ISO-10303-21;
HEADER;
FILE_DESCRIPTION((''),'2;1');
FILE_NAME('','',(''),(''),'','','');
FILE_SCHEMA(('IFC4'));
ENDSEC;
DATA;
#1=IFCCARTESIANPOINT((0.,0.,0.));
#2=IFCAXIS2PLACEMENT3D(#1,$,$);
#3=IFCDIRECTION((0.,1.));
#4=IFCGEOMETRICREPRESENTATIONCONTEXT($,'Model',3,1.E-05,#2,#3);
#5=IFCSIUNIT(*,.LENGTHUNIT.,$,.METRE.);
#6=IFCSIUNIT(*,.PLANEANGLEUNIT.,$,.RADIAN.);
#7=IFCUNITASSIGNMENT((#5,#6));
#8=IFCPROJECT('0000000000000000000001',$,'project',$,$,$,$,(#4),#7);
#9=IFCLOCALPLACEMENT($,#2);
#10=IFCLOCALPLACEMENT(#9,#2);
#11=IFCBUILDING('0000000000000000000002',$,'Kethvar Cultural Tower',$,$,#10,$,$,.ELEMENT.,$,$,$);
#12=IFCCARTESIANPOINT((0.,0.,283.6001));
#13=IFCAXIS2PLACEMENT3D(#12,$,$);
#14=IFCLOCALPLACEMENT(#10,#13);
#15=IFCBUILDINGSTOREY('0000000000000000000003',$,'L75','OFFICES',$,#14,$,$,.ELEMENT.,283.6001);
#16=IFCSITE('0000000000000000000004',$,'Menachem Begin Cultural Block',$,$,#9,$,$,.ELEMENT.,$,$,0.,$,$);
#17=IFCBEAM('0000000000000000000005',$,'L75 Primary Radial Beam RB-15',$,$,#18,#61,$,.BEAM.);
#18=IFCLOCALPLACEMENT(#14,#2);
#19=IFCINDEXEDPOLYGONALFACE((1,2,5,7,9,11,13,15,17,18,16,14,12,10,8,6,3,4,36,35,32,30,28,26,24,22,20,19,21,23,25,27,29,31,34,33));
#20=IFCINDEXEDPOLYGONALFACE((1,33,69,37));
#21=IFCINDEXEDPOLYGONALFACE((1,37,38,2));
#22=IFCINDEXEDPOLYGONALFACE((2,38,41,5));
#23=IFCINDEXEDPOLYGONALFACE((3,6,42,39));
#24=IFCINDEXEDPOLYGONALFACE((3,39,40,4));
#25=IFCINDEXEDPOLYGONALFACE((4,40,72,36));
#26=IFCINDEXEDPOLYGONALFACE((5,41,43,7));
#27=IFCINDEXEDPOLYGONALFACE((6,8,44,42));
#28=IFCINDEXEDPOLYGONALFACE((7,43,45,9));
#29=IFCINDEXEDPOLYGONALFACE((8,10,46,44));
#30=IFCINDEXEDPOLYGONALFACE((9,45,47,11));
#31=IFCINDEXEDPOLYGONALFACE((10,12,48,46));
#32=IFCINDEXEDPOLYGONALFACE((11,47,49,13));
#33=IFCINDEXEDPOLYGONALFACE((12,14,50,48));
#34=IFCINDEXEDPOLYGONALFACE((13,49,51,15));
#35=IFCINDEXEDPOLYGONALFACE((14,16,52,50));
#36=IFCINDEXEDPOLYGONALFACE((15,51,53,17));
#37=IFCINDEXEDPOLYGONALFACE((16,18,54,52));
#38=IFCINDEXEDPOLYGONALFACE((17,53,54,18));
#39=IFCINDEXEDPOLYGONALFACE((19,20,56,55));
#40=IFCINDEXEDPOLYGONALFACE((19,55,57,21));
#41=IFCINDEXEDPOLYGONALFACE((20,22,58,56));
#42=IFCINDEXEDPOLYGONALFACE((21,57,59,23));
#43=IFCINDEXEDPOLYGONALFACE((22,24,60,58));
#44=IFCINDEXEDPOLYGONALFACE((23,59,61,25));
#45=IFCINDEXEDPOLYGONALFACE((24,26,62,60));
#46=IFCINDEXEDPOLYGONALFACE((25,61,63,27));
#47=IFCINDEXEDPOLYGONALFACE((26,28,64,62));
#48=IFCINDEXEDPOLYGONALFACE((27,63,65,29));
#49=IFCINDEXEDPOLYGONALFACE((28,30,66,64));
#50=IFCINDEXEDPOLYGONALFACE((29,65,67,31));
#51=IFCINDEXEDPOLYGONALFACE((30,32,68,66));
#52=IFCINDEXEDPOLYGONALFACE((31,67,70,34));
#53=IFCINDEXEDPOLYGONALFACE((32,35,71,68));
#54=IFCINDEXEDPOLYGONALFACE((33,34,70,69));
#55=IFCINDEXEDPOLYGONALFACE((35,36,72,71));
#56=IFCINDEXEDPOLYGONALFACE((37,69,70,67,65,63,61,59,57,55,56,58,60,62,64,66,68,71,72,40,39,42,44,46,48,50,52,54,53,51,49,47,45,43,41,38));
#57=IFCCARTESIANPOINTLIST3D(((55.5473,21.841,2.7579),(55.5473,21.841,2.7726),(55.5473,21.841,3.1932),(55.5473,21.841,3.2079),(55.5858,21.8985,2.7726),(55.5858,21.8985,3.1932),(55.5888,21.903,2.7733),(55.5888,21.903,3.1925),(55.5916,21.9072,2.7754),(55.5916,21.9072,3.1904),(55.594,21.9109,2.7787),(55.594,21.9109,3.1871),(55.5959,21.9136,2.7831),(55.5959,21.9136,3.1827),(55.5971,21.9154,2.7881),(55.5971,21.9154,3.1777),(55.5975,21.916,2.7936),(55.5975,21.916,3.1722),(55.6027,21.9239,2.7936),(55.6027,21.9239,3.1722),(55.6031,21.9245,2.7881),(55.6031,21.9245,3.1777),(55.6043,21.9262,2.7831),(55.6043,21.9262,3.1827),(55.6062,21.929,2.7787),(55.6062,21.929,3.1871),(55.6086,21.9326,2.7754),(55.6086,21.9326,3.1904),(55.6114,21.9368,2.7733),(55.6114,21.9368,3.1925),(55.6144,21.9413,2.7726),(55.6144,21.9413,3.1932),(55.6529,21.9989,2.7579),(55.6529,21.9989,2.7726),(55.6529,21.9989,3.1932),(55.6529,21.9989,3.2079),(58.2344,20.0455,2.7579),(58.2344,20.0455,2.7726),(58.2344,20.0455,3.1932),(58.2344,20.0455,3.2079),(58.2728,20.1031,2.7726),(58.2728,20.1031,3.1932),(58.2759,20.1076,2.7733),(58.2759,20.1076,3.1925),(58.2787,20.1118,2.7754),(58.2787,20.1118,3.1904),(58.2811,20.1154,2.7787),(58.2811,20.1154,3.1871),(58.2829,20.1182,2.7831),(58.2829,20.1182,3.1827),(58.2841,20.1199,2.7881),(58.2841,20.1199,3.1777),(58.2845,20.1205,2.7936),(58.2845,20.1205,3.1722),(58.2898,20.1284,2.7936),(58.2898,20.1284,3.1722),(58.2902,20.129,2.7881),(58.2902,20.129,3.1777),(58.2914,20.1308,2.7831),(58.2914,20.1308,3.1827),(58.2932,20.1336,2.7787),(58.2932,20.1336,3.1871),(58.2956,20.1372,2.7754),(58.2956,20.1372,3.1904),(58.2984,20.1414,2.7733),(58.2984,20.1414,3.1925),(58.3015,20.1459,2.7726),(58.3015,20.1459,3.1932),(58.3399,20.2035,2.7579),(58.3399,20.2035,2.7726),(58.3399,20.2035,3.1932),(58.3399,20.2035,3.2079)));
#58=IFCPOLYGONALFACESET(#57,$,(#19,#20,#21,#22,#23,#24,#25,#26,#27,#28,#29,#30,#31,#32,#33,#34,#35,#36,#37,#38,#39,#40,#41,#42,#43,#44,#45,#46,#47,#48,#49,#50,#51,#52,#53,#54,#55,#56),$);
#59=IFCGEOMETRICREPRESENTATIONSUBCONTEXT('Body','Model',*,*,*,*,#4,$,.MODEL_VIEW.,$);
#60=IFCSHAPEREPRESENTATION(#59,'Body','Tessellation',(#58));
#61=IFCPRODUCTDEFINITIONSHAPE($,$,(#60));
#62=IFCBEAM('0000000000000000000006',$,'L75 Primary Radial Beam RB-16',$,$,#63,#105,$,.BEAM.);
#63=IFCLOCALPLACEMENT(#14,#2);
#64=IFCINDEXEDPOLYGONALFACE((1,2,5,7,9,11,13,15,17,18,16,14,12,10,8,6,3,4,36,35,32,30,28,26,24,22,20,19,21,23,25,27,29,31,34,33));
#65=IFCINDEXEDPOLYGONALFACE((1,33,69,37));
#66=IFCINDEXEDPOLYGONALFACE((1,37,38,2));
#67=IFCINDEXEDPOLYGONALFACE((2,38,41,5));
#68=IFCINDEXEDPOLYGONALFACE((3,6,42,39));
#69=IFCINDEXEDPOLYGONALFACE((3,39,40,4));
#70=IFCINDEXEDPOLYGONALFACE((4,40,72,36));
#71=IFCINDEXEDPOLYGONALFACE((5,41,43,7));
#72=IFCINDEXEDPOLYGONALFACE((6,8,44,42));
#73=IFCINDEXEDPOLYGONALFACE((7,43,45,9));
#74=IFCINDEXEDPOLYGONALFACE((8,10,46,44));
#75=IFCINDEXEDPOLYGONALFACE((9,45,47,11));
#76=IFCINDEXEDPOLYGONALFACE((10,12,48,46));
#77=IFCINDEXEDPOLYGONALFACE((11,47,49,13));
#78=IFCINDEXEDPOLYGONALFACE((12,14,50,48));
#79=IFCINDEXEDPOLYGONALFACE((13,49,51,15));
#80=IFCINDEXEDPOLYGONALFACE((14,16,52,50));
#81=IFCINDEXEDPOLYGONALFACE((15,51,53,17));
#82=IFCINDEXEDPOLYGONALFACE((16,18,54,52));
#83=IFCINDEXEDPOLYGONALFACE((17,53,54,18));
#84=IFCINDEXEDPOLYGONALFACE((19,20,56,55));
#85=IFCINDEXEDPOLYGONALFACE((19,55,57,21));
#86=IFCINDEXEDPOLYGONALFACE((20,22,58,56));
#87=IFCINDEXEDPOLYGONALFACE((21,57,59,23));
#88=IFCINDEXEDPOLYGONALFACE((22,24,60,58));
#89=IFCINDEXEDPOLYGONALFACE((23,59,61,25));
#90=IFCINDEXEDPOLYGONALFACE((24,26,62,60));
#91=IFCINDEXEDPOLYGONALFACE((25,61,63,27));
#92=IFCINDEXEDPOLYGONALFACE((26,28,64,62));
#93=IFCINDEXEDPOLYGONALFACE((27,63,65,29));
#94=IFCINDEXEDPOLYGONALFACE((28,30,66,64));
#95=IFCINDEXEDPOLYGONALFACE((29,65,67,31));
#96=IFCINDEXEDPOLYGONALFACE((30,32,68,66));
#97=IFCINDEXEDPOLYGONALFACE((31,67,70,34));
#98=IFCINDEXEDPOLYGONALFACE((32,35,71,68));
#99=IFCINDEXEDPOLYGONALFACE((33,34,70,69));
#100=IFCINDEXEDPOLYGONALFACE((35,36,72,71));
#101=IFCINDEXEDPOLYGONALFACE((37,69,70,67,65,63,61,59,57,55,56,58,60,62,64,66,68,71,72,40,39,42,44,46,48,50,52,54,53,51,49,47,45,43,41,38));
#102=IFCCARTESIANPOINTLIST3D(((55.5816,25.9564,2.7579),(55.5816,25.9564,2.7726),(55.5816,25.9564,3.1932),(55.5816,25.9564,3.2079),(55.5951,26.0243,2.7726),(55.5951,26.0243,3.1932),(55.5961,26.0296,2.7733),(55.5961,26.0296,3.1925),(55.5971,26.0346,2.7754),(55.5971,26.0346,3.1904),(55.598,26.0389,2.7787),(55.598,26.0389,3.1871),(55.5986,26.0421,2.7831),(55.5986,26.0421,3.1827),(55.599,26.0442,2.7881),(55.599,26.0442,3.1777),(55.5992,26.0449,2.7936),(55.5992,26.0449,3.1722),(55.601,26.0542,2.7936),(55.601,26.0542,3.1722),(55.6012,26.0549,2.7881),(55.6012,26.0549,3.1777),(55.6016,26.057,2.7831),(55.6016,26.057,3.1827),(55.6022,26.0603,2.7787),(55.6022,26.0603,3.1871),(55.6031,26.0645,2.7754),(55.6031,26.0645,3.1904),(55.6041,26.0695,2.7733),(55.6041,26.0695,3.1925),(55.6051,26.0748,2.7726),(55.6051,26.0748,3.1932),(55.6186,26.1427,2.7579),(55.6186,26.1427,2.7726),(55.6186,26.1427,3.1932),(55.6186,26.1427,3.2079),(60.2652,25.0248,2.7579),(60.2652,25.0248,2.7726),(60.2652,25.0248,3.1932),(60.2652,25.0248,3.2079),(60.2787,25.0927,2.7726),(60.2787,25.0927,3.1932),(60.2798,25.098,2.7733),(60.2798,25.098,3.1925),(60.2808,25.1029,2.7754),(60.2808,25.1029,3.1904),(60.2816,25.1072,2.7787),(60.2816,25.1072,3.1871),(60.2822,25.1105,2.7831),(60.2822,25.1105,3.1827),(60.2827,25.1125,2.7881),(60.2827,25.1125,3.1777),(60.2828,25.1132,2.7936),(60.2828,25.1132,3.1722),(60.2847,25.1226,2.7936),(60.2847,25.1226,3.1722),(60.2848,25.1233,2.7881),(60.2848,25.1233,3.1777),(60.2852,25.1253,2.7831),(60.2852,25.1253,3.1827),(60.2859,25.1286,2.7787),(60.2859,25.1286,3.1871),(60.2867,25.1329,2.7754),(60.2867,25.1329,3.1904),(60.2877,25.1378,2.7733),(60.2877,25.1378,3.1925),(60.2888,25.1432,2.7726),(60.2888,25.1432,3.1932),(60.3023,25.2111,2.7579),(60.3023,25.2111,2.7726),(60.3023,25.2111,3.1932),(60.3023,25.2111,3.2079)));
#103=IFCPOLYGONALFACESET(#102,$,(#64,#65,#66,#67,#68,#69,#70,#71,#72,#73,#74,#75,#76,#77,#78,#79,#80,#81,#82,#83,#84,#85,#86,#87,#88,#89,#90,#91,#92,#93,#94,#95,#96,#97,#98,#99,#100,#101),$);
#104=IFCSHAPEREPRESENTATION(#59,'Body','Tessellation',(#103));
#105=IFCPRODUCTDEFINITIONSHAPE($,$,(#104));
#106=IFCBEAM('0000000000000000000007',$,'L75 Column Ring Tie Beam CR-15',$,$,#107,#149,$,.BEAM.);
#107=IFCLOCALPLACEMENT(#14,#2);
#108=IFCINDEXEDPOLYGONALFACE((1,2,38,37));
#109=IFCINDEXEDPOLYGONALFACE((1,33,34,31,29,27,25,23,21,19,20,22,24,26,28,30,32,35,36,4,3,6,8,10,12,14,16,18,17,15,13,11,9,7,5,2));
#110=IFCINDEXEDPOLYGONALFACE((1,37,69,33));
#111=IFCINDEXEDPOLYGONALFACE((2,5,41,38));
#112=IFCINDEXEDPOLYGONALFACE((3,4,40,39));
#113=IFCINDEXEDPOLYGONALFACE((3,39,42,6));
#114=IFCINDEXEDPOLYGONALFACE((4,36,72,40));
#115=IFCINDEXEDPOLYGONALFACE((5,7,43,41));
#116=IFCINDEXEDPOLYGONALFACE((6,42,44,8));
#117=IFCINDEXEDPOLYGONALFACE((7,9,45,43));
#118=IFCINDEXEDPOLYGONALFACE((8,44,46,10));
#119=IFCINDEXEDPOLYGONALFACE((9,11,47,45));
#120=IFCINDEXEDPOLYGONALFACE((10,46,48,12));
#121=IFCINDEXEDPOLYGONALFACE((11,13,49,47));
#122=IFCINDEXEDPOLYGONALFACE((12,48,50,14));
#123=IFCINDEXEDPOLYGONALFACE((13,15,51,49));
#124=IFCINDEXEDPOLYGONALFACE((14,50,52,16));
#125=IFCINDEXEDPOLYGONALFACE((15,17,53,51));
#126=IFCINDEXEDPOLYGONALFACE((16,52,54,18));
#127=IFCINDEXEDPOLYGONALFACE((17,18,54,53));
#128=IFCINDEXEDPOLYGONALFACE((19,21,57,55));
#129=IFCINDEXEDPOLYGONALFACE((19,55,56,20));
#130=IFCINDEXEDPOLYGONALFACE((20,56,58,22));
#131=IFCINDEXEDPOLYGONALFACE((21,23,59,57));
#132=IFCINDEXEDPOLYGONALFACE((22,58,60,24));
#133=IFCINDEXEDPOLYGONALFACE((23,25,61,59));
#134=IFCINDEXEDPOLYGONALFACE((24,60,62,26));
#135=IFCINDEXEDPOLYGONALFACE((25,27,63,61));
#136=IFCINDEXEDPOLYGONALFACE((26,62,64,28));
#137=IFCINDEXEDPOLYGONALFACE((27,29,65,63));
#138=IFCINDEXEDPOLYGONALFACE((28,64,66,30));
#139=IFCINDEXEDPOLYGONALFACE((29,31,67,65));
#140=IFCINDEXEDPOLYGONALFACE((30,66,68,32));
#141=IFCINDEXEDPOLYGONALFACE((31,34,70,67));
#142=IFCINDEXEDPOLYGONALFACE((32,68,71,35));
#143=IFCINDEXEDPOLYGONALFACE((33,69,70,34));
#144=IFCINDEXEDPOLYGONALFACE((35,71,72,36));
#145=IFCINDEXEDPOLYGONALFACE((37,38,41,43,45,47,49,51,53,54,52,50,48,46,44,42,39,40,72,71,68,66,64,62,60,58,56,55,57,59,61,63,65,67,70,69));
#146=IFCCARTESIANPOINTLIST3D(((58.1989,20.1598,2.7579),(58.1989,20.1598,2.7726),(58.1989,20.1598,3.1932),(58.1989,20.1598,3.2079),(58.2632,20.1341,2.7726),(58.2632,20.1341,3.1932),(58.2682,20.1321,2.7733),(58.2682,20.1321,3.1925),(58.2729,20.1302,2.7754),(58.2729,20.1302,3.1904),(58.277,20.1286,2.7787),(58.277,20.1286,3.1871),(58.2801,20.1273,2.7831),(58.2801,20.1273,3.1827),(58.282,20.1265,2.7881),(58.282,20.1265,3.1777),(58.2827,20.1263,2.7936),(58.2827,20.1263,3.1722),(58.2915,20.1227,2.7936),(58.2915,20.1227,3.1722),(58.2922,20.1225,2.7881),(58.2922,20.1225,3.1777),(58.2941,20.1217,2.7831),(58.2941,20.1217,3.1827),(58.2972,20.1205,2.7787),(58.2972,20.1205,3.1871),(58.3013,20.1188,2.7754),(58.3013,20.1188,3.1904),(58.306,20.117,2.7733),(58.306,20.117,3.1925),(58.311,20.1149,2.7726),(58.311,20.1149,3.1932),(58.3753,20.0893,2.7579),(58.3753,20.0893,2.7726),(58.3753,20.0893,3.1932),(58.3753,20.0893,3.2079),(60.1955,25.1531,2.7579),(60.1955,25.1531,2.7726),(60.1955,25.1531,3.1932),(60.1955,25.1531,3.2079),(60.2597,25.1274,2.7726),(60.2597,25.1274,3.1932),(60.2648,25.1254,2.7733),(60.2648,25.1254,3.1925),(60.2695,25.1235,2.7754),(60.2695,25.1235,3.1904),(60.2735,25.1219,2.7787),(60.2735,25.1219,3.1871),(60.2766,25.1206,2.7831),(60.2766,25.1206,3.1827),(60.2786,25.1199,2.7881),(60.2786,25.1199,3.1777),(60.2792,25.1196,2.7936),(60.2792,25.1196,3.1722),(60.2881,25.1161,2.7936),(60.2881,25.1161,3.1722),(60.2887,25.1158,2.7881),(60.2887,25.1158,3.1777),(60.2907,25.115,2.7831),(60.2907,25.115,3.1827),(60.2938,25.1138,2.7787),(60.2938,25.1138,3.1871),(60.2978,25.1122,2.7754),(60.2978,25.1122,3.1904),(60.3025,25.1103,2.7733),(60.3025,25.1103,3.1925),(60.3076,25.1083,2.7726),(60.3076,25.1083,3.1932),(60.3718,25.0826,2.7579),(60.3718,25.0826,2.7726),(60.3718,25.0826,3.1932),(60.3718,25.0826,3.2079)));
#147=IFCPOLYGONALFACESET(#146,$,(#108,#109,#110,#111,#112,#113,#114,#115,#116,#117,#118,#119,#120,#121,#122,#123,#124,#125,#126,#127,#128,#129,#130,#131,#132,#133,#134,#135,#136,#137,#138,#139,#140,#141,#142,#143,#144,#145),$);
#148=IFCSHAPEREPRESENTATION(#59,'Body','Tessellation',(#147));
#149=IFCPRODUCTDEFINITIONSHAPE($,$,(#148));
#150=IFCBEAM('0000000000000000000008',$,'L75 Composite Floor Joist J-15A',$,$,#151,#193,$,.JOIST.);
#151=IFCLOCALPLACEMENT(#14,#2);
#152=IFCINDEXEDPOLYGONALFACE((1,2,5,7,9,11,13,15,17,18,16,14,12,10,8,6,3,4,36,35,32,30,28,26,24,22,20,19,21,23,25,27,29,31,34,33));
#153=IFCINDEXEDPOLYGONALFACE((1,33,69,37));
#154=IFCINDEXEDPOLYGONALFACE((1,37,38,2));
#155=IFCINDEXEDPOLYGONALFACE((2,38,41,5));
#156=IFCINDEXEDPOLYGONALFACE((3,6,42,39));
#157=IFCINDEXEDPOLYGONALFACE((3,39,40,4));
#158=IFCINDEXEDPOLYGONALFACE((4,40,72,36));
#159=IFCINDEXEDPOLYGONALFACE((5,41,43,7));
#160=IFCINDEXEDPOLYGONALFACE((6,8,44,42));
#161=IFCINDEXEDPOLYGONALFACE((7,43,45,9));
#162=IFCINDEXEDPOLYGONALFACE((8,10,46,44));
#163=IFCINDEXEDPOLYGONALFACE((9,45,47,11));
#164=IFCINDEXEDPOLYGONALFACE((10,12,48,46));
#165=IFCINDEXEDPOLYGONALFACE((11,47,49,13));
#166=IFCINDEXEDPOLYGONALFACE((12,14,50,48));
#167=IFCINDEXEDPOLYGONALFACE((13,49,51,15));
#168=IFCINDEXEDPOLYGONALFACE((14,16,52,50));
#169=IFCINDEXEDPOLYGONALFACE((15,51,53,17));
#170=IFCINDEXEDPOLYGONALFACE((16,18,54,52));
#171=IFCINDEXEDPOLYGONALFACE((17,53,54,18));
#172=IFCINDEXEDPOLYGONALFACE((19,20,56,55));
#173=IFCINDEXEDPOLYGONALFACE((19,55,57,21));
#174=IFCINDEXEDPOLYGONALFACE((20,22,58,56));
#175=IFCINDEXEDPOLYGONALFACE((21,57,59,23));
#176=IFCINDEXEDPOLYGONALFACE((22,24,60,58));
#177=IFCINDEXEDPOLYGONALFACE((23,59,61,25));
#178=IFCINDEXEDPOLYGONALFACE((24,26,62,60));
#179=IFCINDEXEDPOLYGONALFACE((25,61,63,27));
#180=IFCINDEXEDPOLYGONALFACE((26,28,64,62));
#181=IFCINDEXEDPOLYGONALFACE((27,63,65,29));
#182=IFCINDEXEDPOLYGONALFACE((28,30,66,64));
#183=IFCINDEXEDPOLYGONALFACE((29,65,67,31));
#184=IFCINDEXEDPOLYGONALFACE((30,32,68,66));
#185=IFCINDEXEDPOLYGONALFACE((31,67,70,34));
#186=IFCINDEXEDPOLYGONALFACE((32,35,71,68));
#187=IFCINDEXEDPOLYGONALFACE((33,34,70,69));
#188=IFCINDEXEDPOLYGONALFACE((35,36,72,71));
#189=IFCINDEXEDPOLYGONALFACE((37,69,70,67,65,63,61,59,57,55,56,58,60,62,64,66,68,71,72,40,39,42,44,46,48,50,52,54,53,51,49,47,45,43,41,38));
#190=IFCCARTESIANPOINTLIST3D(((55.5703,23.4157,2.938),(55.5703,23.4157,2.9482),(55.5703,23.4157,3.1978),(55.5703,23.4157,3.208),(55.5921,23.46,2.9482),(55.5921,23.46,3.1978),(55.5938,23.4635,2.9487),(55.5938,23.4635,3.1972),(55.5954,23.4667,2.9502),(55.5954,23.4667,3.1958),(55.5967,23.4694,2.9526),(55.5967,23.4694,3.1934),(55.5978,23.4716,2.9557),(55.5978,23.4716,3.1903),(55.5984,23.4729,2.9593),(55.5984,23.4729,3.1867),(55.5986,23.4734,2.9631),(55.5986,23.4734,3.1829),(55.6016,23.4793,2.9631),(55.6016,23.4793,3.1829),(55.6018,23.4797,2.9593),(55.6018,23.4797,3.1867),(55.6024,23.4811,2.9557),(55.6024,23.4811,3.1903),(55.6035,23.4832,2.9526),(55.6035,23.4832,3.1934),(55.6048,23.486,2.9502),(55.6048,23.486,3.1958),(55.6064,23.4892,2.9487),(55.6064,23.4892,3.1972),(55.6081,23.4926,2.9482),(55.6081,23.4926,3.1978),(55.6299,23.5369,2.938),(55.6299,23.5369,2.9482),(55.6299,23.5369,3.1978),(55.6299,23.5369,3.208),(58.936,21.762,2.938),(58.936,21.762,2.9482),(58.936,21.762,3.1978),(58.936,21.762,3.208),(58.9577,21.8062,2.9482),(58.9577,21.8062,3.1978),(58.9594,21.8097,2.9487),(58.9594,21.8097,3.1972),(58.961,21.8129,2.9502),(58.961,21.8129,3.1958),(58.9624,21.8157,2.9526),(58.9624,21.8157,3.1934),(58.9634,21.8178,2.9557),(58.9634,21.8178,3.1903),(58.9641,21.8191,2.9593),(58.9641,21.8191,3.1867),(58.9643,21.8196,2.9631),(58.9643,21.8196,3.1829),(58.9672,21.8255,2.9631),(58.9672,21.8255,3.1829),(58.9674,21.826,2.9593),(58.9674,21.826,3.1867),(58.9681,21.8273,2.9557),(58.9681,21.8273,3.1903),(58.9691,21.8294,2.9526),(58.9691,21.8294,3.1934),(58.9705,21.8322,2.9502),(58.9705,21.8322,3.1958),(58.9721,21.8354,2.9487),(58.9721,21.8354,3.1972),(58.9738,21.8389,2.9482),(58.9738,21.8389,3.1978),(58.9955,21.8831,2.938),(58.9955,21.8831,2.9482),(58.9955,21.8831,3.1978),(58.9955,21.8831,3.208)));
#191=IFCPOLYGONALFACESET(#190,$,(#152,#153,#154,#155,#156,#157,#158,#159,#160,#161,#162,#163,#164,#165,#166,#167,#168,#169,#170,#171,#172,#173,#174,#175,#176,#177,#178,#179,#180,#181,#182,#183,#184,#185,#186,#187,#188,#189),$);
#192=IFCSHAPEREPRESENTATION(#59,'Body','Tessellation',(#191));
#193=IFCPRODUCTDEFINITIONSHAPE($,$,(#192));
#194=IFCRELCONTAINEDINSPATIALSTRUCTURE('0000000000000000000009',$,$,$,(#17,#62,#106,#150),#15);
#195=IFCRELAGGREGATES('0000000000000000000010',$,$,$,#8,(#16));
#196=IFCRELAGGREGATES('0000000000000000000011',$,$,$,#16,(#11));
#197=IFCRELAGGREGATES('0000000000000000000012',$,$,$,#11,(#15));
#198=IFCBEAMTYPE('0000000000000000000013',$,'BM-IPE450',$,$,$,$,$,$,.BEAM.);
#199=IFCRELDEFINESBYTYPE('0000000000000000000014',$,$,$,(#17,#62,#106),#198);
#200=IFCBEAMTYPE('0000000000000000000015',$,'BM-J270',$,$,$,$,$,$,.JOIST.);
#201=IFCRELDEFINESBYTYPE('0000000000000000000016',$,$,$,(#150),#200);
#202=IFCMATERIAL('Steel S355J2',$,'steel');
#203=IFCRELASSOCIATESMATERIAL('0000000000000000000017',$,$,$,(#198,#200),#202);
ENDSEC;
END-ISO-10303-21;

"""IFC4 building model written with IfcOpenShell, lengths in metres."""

from ifc_helpers import new_model, si_unit, direction, frame, origin, origin_2d, place, context, subcontext, project, spatial, i_section, extrude, source, transform, mapped, material, material_profile, profile_set, type_object, element, save


model = new_model("IFC4")

# Units and contexts
model_context = context("Model", 3, precision=1e-05, world=origin(), true_north=direction((0.0, 1.0)))
body_context = subcontext(model_context, "Body", "Model", "MODEL_VIEW")
ifc_project = project(units=[si_unit("LENGTHUNIT", "METRE"), si_unit("PLANEANGLEUNIT", "RADIAN")], contexts=[model_context])

# Site, building, storey
site_placement = place(None, origin())
site = spatial("IfcSite", under=ifc_project, at=site_placement, Name="Menachem Begin Cultural Block", CompositionType="ELEMENT", RefElevation=0.0)
building_placement = place(site_placement, origin())
building = spatial("IfcBuilding", under=site, at=building_placement, Name="Kethvar Cultural Tower", CompositionType="ELEMENT")
storey_placement = place(building_placement, frame((0.0, 0.0, 283.6001)))
storey = spatial("IfcBuildingStorey", under=building, at=storey_placement, Name="L75", Description="OFFICES", CompositionType="ELEMENT", Elevation=283.6001)

# Shared definitions
ifc_material_1 = material(Name="Steel S355J2", Category="steel")

# Beams
ifc_material_profile_1 = material_profile(ifc_material_1, i_section(OverallWidth=0.1899, OverallDepth=0.45, WebThickness=0.0095, FlangeThickness=0.0146, FilletRadius=0.021, at=origin_2d()), Name="Steel S355J2 — IPE450")
ifc_profile_set_1 = profile_set([ifc_material_profile_1], Name="Steel S355J2 — IPE450")
beam_type_1 = type_object("IfcBeamType", Name="BM-IPE450", PredefinedType="BEAM", material=ifc_profile_set_1)
shared_shape_1 = source(origin(), body_context, "Body", "SweptSolid", [
    extrude(i_section(OverallWidth=0.1899, OverallDepth=0.45, WebThickness=0.0095, FlangeThickness=0.0146, FilletRadius=0.021, at=origin_2d()), origin(), (0.0, 0.0, 1.0), 3.2317),
])
beam_1_placement = place(storey_placement, frame((55.6001, 21.9199, 2.9829), z_axis=(0.831469, -0.555572, 0.0), x_axis=(0.555572, 0.831469, 0.0)))
element("IfcBeam", 1, at=beam_1_placement, inside=storey, type_object=beam_type_1, Name="L75 Primary Radial Beam RB-15", PredefinedType="BEAM", context=body_context, shape_type="MappedRepresentation", body=[
    mapped(shared_shape_1, transform((0.0, 0.0, 0.0), scale=1.0)),
])
shared_shape_2 = source(origin(), body_context, "Body", "SweptSolid", [
    extrude(i_section(OverallWidth=0.1899, OverallDepth=0.45, WebThickness=0.0095, FlangeThickness=0.0146, FilletRadius=0.021, at=origin_2d()), origin(), (0.0, 0.0, 1.0), 4.7754),
])
beam_2_placement = place(storey_placement, frame((55.6001, 26.0496, 2.9829), z_axis=(0.980785, -0.195094, 0.0), x_axis=(0.195094, 0.980785, 0.0)))
element("IfcBeam", 2, at=beam_2_placement, inside=storey, type_object=beam_type_1, Name="L75 Primary Radial Beam RB-16", PredefinedType="BEAM", context=body_context, shape_type="MappedRepresentation", body=[
    mapped(shared_shape_2, transform((0.0, 0.0, 0.0), scale=1.0)),
])
shared_shape_3 = source(origin(), body_context, "Body", "SweptSolid", [
    extrude(i_section(OverallWidth=0.1899, OverallDepth=0.45, WebThickness=0.0095, FlangeThickness=0.0146, FilletRadius=0.021, at=origin_2d()), origin(), (0.0, 0.0, 1.0), 5.3777),
])
beam_3_placement = place(storey_placement, frame((58.2871, 20.1245, 2.9829), z_axis=(0.371265, 0.928527, 0.0), x_axis=(-0.928527, 0.371265, 0.0)))
element("IfcBeam", 3, at=beam_3_placement, inside=storey, type_object=beam_type_1, Name="L75 Column Ring Tie Beam CR-15", PredefinedType="BEAM", context=body_context, shape_type="MappedRepresentation", body=[
    mapped(shared_shape_3, transform((0.0, 0.0, 0.0), scale=1.0)),
])
ifc_material_profile_2 = material_profile(ifc_material_1, i_section(OverallWidth=0.135, OverallDepth=0.27, WebThickness=0.0066, FlangeThickness=0.0103, FilletRadius=0.0149, at=origin_2d()), Name="Steel S355J2 — IPE270")
ifc_profile_set_2 = profile_set([ifc_material_profile_2], Name="Steel S355J2 — IPE270")
beam_type_2 = type_object("IfcBeamType", Name="BM-J270", PredefinedType="JOIST", material=ifc_profile_set_2)
shared_shape_4 = source(origin(), body_context, "Body", "SweptSolid", [
    extrude(i_section(OverallWidth=0.135, OverallDepth=0.27, WebThickness=0.0066, FlangeThickness=0.0103, FilletRadius=0.0149, at=origin_2d()), origin(), (0.0, 0.0, 1.0), 3.75),
])
beam_4_placement = place(storey_placement, frame((55.6001, 23.4763, 3.073), z_axis=(0.897505, -0.441005, 0.0), x_axis=(0.441005, 0.897505, 0.0)))
element("IfcBeam", 4, at=beam_4_placement, inside=storey, type_object=beam_type_2, Name="L75 Composite Floor Joist J-15A", PredefinedType="JOIST", context=body_context, shape_type="MappedRepresentation", body=[
    mapped(shared_shape_4, transform((0.0, 0.0, 0.0), scale=1.0)),
])

save(model, "model.ifc")
